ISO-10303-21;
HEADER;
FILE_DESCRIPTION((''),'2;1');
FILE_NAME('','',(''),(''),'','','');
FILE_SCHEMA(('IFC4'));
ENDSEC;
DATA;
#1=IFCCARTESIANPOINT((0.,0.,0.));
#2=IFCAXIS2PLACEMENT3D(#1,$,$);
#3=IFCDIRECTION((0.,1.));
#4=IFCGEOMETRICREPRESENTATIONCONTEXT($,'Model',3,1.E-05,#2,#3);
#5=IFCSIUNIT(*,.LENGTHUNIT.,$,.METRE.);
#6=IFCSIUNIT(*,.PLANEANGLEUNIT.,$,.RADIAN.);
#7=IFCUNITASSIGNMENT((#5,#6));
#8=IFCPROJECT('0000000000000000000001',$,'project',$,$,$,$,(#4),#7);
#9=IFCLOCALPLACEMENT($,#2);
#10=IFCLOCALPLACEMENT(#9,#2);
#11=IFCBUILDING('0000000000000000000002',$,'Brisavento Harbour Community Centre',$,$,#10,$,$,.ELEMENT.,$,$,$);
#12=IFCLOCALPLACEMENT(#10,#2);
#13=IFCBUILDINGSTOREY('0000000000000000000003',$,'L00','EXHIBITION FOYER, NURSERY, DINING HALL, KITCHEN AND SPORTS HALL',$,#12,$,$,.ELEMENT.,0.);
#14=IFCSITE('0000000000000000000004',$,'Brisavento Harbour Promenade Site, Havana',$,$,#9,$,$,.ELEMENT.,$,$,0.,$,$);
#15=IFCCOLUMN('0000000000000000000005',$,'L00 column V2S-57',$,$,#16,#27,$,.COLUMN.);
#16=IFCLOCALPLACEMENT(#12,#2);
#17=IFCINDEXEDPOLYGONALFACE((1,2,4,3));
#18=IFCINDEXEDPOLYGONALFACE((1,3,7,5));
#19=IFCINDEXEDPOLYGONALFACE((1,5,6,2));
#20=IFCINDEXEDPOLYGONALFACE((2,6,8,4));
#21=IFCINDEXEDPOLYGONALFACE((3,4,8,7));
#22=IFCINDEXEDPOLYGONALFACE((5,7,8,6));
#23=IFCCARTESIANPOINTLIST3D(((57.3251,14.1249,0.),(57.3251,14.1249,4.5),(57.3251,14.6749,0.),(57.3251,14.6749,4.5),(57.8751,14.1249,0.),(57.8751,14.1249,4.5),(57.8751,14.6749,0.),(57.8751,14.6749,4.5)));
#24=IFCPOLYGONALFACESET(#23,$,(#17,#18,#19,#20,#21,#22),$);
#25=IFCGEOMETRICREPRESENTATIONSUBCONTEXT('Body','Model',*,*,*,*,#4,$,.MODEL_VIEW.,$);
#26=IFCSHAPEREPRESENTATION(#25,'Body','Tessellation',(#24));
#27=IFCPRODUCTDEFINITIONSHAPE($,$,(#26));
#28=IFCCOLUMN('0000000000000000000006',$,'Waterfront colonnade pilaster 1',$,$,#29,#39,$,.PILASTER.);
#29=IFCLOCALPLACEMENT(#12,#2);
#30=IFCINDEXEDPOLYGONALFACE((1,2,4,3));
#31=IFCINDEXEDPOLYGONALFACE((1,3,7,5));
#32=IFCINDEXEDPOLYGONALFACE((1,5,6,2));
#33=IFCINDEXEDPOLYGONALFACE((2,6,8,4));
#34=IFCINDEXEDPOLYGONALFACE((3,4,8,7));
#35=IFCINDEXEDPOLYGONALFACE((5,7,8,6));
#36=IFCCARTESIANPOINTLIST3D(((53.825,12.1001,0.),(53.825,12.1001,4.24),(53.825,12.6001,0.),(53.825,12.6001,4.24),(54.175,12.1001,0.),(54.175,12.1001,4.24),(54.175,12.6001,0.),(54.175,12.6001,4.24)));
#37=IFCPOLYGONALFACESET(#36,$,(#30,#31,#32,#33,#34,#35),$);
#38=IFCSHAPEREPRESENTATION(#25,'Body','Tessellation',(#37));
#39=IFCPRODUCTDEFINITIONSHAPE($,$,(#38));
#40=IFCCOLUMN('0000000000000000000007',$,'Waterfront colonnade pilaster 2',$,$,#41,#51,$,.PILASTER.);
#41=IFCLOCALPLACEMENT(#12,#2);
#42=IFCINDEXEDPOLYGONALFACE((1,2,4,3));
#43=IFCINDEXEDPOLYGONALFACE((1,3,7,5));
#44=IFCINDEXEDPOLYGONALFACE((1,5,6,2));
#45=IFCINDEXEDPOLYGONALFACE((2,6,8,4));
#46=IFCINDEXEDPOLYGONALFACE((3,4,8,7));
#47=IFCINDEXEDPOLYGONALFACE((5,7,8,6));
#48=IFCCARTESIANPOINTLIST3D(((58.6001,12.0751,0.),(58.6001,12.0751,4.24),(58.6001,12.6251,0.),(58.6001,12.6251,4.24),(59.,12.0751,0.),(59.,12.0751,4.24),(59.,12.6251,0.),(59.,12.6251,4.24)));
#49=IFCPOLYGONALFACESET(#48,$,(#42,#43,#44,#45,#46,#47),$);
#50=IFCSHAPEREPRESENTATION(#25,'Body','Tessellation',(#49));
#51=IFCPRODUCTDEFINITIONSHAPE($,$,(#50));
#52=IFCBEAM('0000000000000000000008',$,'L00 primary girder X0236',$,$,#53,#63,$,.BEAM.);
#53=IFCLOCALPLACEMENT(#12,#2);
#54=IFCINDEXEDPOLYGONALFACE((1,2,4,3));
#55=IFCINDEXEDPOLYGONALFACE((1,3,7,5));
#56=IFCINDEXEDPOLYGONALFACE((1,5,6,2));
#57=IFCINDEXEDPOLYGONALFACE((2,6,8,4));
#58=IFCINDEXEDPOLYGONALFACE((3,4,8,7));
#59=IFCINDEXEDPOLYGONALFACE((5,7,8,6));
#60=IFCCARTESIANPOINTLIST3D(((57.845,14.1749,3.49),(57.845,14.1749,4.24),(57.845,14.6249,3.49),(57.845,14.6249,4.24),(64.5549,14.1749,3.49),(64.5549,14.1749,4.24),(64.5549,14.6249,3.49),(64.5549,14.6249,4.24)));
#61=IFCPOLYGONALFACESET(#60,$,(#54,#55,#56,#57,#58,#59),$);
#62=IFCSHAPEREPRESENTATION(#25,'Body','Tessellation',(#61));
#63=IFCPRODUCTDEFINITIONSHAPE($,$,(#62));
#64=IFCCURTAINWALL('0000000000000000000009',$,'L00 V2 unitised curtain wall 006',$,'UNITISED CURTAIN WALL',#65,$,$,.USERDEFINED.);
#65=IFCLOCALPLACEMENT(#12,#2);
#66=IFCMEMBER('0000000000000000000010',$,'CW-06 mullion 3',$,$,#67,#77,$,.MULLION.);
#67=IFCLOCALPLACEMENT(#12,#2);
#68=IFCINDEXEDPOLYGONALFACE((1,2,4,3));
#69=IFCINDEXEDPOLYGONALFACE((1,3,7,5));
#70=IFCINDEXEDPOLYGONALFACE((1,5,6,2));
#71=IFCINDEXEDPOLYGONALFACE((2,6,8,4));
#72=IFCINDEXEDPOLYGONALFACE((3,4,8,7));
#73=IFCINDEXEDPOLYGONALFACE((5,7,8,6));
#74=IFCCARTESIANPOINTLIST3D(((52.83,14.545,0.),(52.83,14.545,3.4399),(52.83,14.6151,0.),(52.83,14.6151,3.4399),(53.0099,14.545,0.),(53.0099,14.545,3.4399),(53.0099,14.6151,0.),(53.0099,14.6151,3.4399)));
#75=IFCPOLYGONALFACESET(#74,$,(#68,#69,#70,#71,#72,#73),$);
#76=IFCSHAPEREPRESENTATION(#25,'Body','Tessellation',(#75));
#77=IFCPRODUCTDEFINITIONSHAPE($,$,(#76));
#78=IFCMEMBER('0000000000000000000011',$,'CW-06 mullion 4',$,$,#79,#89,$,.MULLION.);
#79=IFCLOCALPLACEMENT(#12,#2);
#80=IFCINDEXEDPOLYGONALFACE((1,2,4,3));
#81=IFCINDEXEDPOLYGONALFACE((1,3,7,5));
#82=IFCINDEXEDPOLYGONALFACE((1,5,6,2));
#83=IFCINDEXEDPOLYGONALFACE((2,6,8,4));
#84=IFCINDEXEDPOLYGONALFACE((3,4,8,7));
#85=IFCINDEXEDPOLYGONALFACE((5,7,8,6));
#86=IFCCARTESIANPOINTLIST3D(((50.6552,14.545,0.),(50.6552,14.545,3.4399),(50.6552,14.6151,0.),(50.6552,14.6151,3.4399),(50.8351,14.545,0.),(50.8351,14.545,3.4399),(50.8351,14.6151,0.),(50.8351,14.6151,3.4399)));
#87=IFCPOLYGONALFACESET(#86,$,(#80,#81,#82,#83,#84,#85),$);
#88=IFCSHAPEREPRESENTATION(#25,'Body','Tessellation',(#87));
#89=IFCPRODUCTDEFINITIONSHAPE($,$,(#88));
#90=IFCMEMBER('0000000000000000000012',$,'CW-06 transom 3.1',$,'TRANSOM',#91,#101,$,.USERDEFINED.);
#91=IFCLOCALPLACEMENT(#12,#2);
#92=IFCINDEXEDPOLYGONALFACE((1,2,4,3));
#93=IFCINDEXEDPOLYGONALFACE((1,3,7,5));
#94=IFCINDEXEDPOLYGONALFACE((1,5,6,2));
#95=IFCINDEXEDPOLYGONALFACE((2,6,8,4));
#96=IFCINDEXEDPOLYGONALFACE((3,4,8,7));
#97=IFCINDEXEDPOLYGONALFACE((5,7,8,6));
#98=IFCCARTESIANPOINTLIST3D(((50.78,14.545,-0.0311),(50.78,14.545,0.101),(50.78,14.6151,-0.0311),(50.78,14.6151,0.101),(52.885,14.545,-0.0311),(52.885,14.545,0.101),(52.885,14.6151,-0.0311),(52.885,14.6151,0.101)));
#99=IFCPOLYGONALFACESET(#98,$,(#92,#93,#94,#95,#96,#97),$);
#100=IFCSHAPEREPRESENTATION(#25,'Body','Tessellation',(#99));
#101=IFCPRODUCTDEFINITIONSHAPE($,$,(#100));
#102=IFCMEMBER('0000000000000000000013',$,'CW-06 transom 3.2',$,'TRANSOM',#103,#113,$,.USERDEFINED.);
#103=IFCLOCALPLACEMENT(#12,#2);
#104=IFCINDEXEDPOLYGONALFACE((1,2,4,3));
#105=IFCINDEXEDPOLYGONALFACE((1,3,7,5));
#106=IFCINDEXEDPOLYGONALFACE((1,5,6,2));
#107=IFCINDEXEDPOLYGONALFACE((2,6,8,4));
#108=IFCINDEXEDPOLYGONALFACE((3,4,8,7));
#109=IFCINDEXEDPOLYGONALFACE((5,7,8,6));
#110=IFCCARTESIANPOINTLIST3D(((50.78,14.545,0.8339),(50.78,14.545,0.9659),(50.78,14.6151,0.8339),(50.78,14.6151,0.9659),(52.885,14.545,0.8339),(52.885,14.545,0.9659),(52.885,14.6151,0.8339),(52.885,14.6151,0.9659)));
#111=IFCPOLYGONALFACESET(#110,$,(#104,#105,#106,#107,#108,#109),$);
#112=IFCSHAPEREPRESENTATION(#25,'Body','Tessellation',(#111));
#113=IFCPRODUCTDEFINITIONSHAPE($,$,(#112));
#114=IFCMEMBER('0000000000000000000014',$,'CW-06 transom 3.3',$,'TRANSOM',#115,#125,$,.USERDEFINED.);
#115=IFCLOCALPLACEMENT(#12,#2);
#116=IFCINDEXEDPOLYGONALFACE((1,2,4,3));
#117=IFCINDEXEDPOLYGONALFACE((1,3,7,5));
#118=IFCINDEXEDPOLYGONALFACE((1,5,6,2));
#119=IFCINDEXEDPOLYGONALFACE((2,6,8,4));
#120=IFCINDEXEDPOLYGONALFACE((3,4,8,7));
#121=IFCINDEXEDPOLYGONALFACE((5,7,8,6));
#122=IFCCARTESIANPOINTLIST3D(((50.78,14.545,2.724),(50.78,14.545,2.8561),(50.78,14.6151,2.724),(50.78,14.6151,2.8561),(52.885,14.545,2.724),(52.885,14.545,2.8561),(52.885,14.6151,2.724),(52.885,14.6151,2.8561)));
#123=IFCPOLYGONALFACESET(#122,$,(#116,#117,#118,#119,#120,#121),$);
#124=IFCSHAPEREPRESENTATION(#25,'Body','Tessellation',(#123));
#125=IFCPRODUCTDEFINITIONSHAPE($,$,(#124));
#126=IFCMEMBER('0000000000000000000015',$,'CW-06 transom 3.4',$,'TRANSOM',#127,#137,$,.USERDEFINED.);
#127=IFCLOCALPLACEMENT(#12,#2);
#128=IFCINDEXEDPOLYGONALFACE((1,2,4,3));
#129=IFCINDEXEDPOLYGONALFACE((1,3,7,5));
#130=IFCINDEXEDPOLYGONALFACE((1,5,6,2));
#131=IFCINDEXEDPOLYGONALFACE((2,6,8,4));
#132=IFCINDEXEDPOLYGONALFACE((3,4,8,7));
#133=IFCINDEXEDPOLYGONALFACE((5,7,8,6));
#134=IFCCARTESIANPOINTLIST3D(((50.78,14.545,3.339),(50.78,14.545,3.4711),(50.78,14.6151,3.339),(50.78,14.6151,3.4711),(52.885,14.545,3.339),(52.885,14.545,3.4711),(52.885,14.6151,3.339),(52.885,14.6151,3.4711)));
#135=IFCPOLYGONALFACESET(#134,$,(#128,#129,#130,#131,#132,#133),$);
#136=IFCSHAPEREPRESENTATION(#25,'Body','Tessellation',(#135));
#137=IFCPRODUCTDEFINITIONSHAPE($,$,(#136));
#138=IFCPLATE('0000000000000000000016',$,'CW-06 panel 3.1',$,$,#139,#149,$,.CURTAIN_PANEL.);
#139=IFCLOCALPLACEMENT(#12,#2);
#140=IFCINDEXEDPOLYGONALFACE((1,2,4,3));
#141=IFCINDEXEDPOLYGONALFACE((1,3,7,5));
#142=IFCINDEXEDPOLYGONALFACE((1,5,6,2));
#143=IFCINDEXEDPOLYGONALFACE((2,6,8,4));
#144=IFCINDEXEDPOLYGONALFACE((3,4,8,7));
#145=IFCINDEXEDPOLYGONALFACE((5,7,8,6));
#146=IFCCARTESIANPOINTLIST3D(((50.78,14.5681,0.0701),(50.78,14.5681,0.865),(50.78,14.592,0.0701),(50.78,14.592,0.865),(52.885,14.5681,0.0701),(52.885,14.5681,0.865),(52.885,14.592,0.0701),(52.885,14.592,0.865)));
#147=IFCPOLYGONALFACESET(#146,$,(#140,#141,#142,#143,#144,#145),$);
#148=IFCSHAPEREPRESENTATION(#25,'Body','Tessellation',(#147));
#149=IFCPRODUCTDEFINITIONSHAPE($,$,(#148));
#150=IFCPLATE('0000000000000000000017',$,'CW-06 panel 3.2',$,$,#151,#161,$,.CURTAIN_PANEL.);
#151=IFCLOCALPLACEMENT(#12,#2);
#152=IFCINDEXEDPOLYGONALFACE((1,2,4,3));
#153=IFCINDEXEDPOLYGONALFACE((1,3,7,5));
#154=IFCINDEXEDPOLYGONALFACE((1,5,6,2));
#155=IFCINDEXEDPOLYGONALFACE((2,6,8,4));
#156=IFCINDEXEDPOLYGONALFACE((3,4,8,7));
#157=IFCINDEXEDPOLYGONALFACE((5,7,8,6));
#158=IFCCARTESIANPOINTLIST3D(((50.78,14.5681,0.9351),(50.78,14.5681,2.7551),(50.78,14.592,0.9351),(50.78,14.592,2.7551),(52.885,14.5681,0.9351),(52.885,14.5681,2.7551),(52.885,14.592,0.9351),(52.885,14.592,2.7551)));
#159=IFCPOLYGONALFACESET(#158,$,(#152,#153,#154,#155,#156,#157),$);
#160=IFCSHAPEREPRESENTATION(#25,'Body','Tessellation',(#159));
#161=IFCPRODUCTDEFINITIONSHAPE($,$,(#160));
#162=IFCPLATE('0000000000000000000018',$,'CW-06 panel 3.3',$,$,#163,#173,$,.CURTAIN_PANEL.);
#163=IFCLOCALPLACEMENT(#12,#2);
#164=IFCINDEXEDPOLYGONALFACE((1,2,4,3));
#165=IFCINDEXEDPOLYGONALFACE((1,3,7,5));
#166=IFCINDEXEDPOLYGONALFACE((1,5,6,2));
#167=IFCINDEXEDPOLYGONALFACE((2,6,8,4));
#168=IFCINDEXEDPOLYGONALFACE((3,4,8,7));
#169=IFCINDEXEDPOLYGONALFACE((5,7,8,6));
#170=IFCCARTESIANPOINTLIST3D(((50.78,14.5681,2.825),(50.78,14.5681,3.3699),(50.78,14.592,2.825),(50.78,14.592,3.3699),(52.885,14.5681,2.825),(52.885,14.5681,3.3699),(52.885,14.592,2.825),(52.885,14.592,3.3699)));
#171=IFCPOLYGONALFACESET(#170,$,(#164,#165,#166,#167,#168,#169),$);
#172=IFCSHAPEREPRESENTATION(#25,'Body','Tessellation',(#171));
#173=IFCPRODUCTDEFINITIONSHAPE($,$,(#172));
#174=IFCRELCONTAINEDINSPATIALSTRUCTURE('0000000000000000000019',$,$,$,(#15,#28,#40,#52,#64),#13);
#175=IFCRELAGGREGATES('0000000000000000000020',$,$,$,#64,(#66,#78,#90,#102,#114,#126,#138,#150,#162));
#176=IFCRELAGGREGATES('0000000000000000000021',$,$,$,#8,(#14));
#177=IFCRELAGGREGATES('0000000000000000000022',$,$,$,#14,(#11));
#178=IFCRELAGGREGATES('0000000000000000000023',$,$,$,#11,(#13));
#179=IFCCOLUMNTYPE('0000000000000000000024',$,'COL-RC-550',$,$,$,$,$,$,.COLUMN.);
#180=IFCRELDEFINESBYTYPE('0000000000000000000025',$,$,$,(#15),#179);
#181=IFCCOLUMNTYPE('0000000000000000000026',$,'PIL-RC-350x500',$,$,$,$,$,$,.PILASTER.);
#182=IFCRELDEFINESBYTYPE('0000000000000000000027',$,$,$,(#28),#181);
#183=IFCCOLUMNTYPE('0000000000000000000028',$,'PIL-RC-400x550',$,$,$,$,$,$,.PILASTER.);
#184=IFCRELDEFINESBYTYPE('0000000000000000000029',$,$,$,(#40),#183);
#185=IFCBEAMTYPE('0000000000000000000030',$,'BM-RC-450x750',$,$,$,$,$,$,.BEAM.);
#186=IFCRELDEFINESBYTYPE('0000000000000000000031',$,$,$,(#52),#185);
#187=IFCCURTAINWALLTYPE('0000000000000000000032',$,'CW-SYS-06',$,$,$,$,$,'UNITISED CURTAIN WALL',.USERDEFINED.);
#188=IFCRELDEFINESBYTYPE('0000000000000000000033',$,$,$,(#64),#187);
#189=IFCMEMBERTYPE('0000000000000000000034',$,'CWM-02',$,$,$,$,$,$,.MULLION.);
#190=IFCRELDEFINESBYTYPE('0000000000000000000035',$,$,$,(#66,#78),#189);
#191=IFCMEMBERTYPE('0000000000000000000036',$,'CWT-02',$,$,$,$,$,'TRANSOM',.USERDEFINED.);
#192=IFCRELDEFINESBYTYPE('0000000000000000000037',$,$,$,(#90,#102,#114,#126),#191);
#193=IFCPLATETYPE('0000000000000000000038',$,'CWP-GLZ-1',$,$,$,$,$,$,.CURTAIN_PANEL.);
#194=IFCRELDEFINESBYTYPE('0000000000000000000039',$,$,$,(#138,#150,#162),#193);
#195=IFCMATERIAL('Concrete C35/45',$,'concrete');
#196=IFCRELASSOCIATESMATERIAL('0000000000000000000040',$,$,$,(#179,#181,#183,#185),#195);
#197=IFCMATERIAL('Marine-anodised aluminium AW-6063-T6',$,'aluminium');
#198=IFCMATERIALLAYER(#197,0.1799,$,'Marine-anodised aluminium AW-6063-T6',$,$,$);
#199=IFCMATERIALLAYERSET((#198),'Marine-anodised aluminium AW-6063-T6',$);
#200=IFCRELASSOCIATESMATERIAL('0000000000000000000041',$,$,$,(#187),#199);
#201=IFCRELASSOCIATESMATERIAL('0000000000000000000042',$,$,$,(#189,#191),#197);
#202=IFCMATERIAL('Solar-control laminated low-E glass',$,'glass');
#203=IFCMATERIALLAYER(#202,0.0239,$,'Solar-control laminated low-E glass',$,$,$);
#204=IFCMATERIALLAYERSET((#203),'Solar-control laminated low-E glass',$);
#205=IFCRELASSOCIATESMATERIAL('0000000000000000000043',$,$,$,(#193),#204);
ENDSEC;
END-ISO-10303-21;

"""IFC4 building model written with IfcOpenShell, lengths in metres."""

from ifc_helpers import new_model, si_unit, direction, frame, origin, origin_2d, place, context, subcontext, project, spatial, rectangle, extrude, material, layer, layer_set, material_profile, profile_set, type_object, element, aggregate, save


model = new_model("IFC4")

# Units and contexts
model_context = context("Model", 3, precision=1e-05, world=origin(), true_north=direction((0.0, 1.0)))
body_context = subcontext(model_context, "Body", "Model", "MODEL_VIEW")
ifc_project = project(units=[si_unit("LENGTHUNIT", "METRE"), si_unit("PLANEANGLEUNIT", "RADIAN")], contexts=[model_context])

# Site, building, storey
site_placement = place(None, origin())
site = spatial("IfcSite", under=ifc_project, at=site_placement, Name="Brisavento Harbour Promenade Site, Havana", CompositionType="ELEMENT", RefElevation=0.0)
building_placement = place(site_placement, origin())
building = spatial("IfcBuilding", under=site, at=building_placement, Name="Brisavento Harbour Community Centre", CompositionType="ELEMENT")
storey_placement = place(building_placement, origin())
storey = spatial("IfcBuildingStorey", under=building, at=storey_placement, Name="L00", Description="EXHIBITION FOYER, NURSERY, DINING HALL, KITCHEN AND SPORTS HALL", CompositionType="ELEMENT", Elevation=0.0)

# Columns
ifc_material_1 = material(Name="Concrete C35/45", Category="concrete")
ifc_material_profile_1 = material_profile(ifc_material_1, rectangle(XDim=0.55, YDim=0.55, at=origin_2d()), Name="Concrete C35/45")
ifc_profile_set_1 = profile_set([ifc_material_profile_1], Name="Concrete C35/45")
column_type_1 = type_object("IfcColumnType", Name="COL-RC-550", PredefinedType="COLUMN", material=ifc_profile_set_1)
column_1_placement = place(storey_placement, frame((57.6001, 14.3999, 0.0), z_axis=(0.0, 0.0, 1.0), x_axis=(1.0, 0.0, 0.0)))
element("IfcColumn", 1, at=column_1_placement, inside=storey, type_object=column_type_1, Name="L00 column V2S-57", PredefinedType="COLUMN", context=body_context, shape_type="SweptSolid", body=[
    extrude(rectangle(XDim=0.55, YDim=0.55, at=origin_2d()), origin(), (0.0, 0.0, 1.0), 4.5),
])
ifc_material_profile_2 = material_profile(ifc_material_1, rectangle(XDim=0.3501, YDim=0.5, at=origin_2d()), Name="Concrete C35/45")
ifc_profile_set_2 = profile_set([ifc_material_profile_2], Name="Concrete C35/45")
column_type_2 = type_object("IfcColumnType", Name="PIL-RC-350x500", PredefinedType="PILASTER", material=ifc_profile_set_2)
column_2_placement = place(storey_placement, frame((54.0, 12.3501, 0.0), z_axis=(0.0, 0.0, 1.0), x_axis=(1.0, 0.0, 0.0)))
element("IfcColumn", 2, at=column_2_placement, inside=storey, type_object=column_type_2, Name="Waterfront colonnade pilaster 1", PredefinedType="PILASTER", context=body_context, shape_type="SweptSolid", body=[
    extrude(rectangle(XDim=0.3501, YDim=0.5, at=origin_2d()), origin(), (0.0, 0.0, 1.0), 4.24),
])
ifc_material_profile_3 = material_profile(ifc_material_1, rectangle(XDim=0.3999, YDim=0.55, at=origin_2d()), Name="Concrete C35/45")
ifc_profile_set_3 = profile_set([ifc_material_profile_3], Name="Concrete C35/45")
column_type_3 = type_object("IfcColumnType", Name="PIL-RC-400x550", PredefinedType="PILASTER", material=ifc_profile_set_3)
column_3_placement = place(storey_placement, frame((58.8, 12.3501, 0.0), z_axis=(0.0, 0.0, 1.0), x_axis=(1.0, 0.0, 0.0)))
element("IfcColumn", 3, at=column_3_placement, inside=storey, type_object=column_type_3, Name="Waterfront colonnade pilaster 2", PredefinedType="PILASTER", context=body_context, shape_type="SweptSolid", body=[
    extrude(rectangle(XDim=0.3999, YDim=0.55, at=origin_2d()), origin(), (0.0, 0.0, 1.0), 4.24),
])

# Beam
ifc_material_profile_4 = material_profile(ifc_material_1, rectangle(XDim=0.45, YDim=0.75, at=origin_2d()), Name="Concrete C35/45")
ifc_profile_set_4 = profile_set([ifc_material_profile_4], Name="Concrete C35/45")
beam_type = type_object("IfcBeamType", Name="BM-RC-450x750", PredefinedType="BEAM", material=ifc_profile_set_4)
beam_placement = place(storey_placement, frame((57.845, 14.3999, 3.865), z_axis=(1.0, 0.0, 0.0), x_axis=(0.0, 1.0, 0.0)))
element("IfcBeam", 4, at=beam_placement, inside=storey, type_object=beam_type, Name="L00 primary girder X0236", PredefinedType="BEAM", context=body_context, shape_type="SweptSolid", body=[
    extrude(rectangle(XDim=0.45, YDim=0.75, at=origin_2d()), origin(), (0.0, 0.0, 1.0), 6.71),
])

# Curtain wall, members, plates
ifc_material_2 = material(Name="Marine-anodised aluminium AW-6063-T6", Category="aluminium")
ifc_layer_1 = layer(ifc_material_2, 0.1799, Name="Marine-anodised aluminium AW-6063-T6")
ifc_layer_set_1 = layer_set([ifc_layer_1], Name="Marine-anodised aluminium AW-6063-T6")
curtain_wall_type = type_object("IfcCurtainWallType", Name="CW-SYS-06", ElementType="UNITISED CURTAIN WALL", PredefinedType="USERDEFINED", material=ifc_layer_set_1)
curtain_wall_placement = place(storey_placement, origin())
curtain_wall = element("IfcCurtainWall", 5, at=curtain_wall_placement, inside=storey, type_object=curtain_wall_type, Name="L00 V2 unitised curtain wall 006", ObjectType="UNITISED CURTAIN WALL", PredefinedType="USERDEFINED")
ifc_material_profile_5 = material_profile(ifc_material_2, rectangle(XDim=0.0701, YDim=0.1799, at=origin_2d()), Name="Marine-anodised aluminium AW-6063-T6")
ifc_profile_set_5 = profile_set([ifc_material_profile_5], Name="Marine-anodised aluminium AW-6063-T6")
member_type_1 = type_object("IfcMemberType", Name="CWM-02", PredefinedType="MULLION", material=ifc_profile_set_5)
member_1_placement = place(storey_placement, frame((52.9199, 14.5801, 0.0), z_axis=(0.0, 0.0, 1.0), x_axis=(0.0, -1.0, 0.0)))
member_1 = element("IfcMember", 6, at=member_1_placement, type_object=member_type_1, Name="CW-06 mullion 3", PredefinedType="MULLION", context=body_context, shape_type="SweptSolid", body=[
    extrude(rectangle(XDim=0.0701, YDim=0.1799, at=origin_2d()), origin(), (0.0, 0.0, 1.0), 3.4399),
])
member_2_placement = place(storey_placement, frame((50.7451, 14.5801, 0.0), z_axis=(0.0, 0.0, 1.0), x_axis=(0.0, -1.0, 0.0)))
member_2 = element("IfcMember", 7, at=member_2_placement, type_object=member_type_1, Name="CW-06 mullion 4", PredefinedType="MULLION", context=body_context, shape_type="SweptSolid", body=[
    extrude(rectangle(XDim=0.0701, YDim=0.1799, at=origin_2d()), origin(), (0.0, 0.0, 1.0), 3.4399),
])
ifc_material_profile_6 = material_profile(ifc_material_2, rectangle(XDim=0.0701, YDim=0.1321, at=origin_2d()), Name="Marine-anodised aluminium AW-6063-T6")
ifc_profile_set_6 = profile_set([ifc_material_profile_6], Name="Marine-anodised aluminium AW-6063-T6")
member_type_2 = type_object("IfcMemberType", Name="CWT-02", ElementType="TRANSOM", PredefinedType="USERDEFINED", material=ifc_profile_set_6)
member_3_placement = place(storey_placement, frame((52.885, 14.5801, 0.0349), z_axis=(-1.0, 0.0, 0.0), x_axis=(0.0, -1.0, 0.0)))
member_3 = element("IfcMember", 8, at=member_3_placement, type_object=member_type_2, Name="CW-06 transom 3.1", ObjectType="TRANSOM", PredefinedType="USERDEFINED", context=body_context, shape_type="SweptSolid", body=[
    extrude(rectangle(XDim=0.0701, YDim=0.1321, at=origin_2d()), origin(), (0.0, 0.0, 1.0), 2.105),
])
member_4_placement = place(storey_placement, frame((52.885, 14.5801, 0.8999), z_axis=(-1.0, 0.0, 0.0), x_axis=(0.0, -1.0, 0.0)))
member_4 = element("IfcMember", 9, at=member_4_placement, type_object=member_type_2, Name="CW-06 transom 3.2", ObjectType="TRANSOM", PredefinedType="USERDEFINED", context=body_context, shape_type="SweptSolid", body=[
    extrude(rectangle(XDim=0.0701, YDim=0.1321, at=origin_2d()), origin(), (0.0, 0.0, 1.0), 2.105),
])
member_5_placement = place(storey_placement, frame((52.885, 14.5801, 2.79), z_axis=(-1.0, 0.0, 0.0), x_axis=(0.0, -1.0, 0.0)))
member_5 = element("IfcMember", 10, at=member_5_placement, type_object=member_type_2, Name="CW-06 transom 3.3", ObjectType="TRANSOM", PredefinedType="USERDEFINED", context=body_context, shape_type="SweptSolid", body=[
    extrude(rectangle(XDim=0.0701, YDim=0.1321, at=origin_2d()), origin(), (0.0, 0.0, 1.0), 2.105),
])
member_6_placement = place(storey_placement, frame((52.885, 14.5801, 3.405), z_axis=(-1.0, 0.0, 0.0), x_axis=(0.0, -1.0, 0.0)))
member_6 = element("IfcMember", 11, at=member_6_placement, type_object=member_type_2, Name="CW-06 transom 3.4", ObjectType="TRANSOM", PredefinedType="USERDEFINED", context=body_context, shape_type="SweptSolid", body=[
    extrude(rectangle(XDim=0.0701, YDim=0.1321, at=origin_2d()), origin(), (0.0, 0.0, 1.0), 2.105),
])
ifc_material_3 = material(Name="Solar-control laminated low-E glass", Category="glass")
ifc_layer_2 = layer(ifc_material_3, 0.0239, Name="Solar-control laminated low-E glass")
ifc_layer_set_2 = layer_set([ifc_layer_2], Name="Solar-control laminated low-E glass")
plate_type = type_object("IfcPlateType", Name="CWP-GLZ-1", PredefinedType="CURTAIN_PANEL", material=ifc_layer_set_2)
plate_1_placement = place(storey_placement, frame((51.8325, 14.5801, 0.0701), z_axis=(0.0, 0.0, 1.0), x_axis=(-1.0, 0.0, 0.0)))
plate_1 = element("IfcPlate", 12, at=plate_1_placement, type_object=plate_type, Name="CW-06 panel 3.1", PredefinedType="CURTAIN_PANEL", context=body_context, shape_type="SweptSolid", body=[
    extrude(rectangle(XDim=2.105, YDim=0.0239, at=origin_2d()), origin(), (0.0, 0.0, 1.0), 0.7949),
])
plate_2_placement = place(storey_placement, frame((51.8325, 14.5801, 0.9351), z_axis=(0.0, 0.0, 1.0), x_axis=(-1.0, 0.0, 0.0)))
plate_2 = element("IfcPlate", 13, at=plate_2_placement, type_object=plate_type, Name="CW-06 panel 3.2", PredefinedType="CURTAIN_PANEL", context=body_context, shape_type="SweptSolid", body=[
    extrude(rectangle(XDim=2.105, YDim=0.0239, at=origin_2d()), origin(), (0.0, 0.0, 1.0), 1.8201),
])
plate_3_placement = place(storey_placement, frame((51.8325, 14.5801, 2.825), z_axis=(0.0, 0.0, 1.0), x_axis=(-1.0, 0.0, 0.0)))
plate_3 = element("IfcPlate", 14, at=plate_3_placement, type_object=plate_type, Name="CW-06 panel 3.3", PredefinedType="CURTAIN_PANEL", context=body_context, shape_type="SweptSolid", body=[
    extrude(rectangle(XDim=2.105, YDim=0.0239, at=origin_2d()), origin(), (0.0, 0.0, 1.0), 0.5449),
])
aggregate(curtain_wall, [member_1, member_2, member_3, member_4, member_5, member_6, plate_1, plate_2, plate_3])

save(model, "model.ifc")
